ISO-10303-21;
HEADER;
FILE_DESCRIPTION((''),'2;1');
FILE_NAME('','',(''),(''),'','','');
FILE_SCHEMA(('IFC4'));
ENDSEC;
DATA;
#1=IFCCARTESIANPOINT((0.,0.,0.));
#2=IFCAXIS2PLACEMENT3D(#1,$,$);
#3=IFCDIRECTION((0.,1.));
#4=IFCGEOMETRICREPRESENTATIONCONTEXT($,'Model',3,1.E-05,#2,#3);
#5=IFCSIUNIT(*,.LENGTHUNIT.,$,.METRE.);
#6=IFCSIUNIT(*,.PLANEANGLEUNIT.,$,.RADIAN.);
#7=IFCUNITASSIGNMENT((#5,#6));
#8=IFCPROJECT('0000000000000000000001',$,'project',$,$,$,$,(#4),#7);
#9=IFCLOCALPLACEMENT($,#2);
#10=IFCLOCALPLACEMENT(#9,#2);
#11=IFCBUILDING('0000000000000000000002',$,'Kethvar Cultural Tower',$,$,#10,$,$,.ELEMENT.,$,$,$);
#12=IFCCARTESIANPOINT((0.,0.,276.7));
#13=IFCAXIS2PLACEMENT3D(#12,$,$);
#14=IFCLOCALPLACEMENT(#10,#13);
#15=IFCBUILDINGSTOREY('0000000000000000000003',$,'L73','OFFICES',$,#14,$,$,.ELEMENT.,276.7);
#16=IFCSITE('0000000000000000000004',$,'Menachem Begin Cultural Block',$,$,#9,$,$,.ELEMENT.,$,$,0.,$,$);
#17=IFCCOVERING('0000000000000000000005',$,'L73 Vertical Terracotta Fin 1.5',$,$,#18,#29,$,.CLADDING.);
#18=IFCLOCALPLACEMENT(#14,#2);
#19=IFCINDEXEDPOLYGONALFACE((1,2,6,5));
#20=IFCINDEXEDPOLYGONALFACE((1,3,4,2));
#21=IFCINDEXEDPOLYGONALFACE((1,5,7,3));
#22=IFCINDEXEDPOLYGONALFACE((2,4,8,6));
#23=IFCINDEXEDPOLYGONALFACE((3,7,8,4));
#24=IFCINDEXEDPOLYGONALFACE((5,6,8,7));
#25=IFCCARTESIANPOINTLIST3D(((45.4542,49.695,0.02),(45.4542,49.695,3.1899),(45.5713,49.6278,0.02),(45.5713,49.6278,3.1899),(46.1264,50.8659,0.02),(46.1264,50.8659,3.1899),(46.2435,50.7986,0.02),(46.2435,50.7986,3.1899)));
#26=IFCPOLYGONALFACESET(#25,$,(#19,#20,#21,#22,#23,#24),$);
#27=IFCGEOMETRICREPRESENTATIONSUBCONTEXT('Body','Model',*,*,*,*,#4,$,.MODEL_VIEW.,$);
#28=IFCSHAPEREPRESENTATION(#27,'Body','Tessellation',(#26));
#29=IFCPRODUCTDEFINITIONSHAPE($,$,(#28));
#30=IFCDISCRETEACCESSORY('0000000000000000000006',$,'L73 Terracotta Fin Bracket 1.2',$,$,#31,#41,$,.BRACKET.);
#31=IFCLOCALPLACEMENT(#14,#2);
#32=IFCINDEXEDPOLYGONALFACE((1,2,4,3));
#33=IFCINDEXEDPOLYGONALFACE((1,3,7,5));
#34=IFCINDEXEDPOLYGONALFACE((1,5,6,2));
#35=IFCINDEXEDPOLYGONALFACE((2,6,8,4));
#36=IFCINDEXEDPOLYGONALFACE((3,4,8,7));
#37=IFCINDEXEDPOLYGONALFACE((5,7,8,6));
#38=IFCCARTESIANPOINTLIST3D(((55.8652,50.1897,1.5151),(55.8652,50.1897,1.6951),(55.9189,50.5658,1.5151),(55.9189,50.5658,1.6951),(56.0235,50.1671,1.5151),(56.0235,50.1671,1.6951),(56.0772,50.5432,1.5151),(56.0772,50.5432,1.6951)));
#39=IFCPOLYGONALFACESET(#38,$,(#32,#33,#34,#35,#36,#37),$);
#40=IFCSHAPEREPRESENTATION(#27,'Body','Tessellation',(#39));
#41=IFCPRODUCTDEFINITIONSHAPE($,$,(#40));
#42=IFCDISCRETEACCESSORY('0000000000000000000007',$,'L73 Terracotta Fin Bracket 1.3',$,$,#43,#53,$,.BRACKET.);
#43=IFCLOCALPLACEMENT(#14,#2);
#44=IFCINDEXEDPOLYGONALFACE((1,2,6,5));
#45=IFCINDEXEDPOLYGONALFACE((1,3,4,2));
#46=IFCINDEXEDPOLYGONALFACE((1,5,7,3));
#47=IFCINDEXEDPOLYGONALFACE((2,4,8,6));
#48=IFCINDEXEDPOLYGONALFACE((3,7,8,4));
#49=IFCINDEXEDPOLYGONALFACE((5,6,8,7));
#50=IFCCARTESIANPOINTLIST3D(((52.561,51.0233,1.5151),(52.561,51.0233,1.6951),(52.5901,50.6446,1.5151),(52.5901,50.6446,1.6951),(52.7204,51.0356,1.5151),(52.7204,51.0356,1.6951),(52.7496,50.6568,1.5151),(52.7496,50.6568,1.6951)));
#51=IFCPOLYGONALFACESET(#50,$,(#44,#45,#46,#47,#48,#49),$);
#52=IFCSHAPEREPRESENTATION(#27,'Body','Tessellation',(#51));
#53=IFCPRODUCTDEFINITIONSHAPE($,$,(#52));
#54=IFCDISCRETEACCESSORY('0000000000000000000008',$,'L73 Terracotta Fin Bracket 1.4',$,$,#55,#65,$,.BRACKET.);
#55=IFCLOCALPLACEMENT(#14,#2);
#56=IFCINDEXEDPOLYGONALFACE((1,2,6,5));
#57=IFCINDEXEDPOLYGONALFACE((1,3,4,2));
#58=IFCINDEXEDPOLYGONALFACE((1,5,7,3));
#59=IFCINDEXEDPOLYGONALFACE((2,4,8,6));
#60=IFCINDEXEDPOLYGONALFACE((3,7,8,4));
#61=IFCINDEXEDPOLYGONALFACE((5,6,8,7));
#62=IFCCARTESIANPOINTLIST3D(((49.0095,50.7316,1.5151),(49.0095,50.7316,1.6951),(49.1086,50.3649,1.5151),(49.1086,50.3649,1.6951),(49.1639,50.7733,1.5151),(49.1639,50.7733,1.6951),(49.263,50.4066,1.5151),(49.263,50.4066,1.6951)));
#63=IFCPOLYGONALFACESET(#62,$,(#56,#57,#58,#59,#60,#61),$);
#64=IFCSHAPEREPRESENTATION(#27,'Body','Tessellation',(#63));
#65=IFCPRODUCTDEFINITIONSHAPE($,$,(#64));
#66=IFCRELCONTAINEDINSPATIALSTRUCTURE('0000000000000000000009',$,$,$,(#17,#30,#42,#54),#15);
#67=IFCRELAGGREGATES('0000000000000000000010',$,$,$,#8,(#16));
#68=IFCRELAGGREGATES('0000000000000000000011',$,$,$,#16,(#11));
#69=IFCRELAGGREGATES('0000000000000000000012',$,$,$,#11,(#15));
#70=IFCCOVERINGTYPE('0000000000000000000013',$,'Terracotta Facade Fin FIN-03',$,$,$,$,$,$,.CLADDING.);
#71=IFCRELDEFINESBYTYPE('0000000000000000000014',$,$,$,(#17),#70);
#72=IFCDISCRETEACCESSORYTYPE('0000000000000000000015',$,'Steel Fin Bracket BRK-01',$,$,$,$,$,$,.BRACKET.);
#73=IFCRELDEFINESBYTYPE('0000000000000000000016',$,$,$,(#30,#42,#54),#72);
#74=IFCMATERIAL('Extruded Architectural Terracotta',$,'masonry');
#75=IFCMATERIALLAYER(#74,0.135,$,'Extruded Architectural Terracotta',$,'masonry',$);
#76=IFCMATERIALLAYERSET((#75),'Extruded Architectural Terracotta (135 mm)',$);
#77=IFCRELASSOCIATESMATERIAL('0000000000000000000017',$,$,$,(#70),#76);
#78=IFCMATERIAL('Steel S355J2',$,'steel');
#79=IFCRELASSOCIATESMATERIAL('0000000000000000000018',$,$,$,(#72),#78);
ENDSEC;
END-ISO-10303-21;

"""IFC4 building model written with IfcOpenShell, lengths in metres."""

from ifc_helpers import new_model, si_unit, direction, frame, origin, origin_2d, place, context, subcontext, project, spatial, rectangle, extrude, source, transform, mapped, material, layer, layer_set, type_object, element, save


model = new_model("IFC4")

# Units and contexts
model_context = context("Model", 3, precision=1e-05, world=origin(), true_north=direction((0.0, 1.0)))
body_context = subcontext(model_context, "Body", "Model", "MODEL_VIEW")
ifc_project = project(units=[si_unit("LENGTHUNIT", "METRE"), si_unit("PLANEANGLEUNIT", "RADIAN")], contexts=[model_context])

# Site, building, storey
site_placement = place(None, origin())
site = spatial("IfcSite", under=ifc_project, at=site_placement, Name="Menachem Begin Cultural Block", CompositionType="ELEMENT", RefElevation=0.0)
building_placement = place(site_placement, origin())
building = spatial("IfcBuilding", under=site, at=building_placement, Name="Kethvar Cultural Tower", CompositionType="ELEMENT")
storey_placement = place(building_placement, frame((0.0, 0.0, 276.7)))
storey = spatial("IfcBuildingStorey", under=building, at=storey_placement, Name="L73", Description="OFFICES", CompositionType="ELEMENT", Elevation=276.7)

# Shared definitions
ifc_material_1 = material(Name="Steel S355J2", Category="steel")

# Covering
ifc_material_2 = material(Name="Extruded Architectural Terracotta", Category="masonry")
ifc_layer_1 = layer(ifc_material_2, 0.135, Name="Extruded Architectural Terracotta", Category="masonry")
ifc_layer_set_1 = layer_set([ifc_layer_1], Name="Extruded Architectural Terracotta (135 mm)")
covering_type = type_object("IfcCoveringType", Name="Terracotta Facade Fin FIN-03", PredefinedType="CLADDING", material=ifc_layer_set_1)
shared_shape_1 = source(origin(), body_context, "Body", "SweptSolid", [
    extrude(rectangle(XDim=1.3501, YDim=0.135, at=origin_2d()), origin(), (0.0, 0.0, 1.0), 3.1699),
])
for number, where, z_axis, x_axis, name in (
    (1, (45.8489, 50.2468, 0.02), (0.0, 0.0, 1.0), (0.497882, 0.867245, 0.0), "L73 Vertical Terracotta Fin 1.5"),
):
    element("IfcCovering", number, at=place(storey_placement, frame(where, z_axis=z_axis, x_axis=x_axis)), inside=storey, type_object=covering_type, Name=name, PredefinedType="CLADDING", context=body_context, shape_type="MappedRepresentation", body=[
        mapped(shared_shape_1, transform((0.0, 0.0, 0.0), scale=1.0)),
    ])

# Discrete accessories
discrete_accessory_type = type_object("IfcDiscreteAccessoryType", Name="Steel Fin Bracket BRK-01", PredefinedType="BRACKET", material=ifc_material_1)
shared_shape_2 = source(origin(), body_context, "Body", "SweptSolid", [
    extrude(rectangle(XDim=0.3799, YDim=0.1599, at=origin_2d()), origin(), (0.0, 0.0, 1.0), 0.1799),
])
for number, where, z_axis, x_axis, name in (
    (2, (55.9712, 50.3665, 1.5151), (0.0, 0.0, 1.0), (0.14142, 0.98995, 0.0), "L73 Terracotta Fin Bracket 1.2"),
    (3, (52.6553, 50.8401, 1.5151), (0.0, 0.0, 1.0), (-0.076719, 0.997053, 0.0), "L73 Terracotta Fin Bracket 1.3"),
    (4, (49.1362, 50.5691, 1.5151), (0.0, 0.0, 1.0), (-0.260842, 0.965382, 0.0), "L73 Terracotta Fin Bracket 1.4"),
):
    element("IfcDiscreteAccessory", number, at=place(storey_placement, frame(where, z_axis=z_axis, x_axis=x_axis)), inside=storey, type_object=discrete_accessory_type, Name=name, PredefinedType="BRACKET", context=body_context, shape_type="MappedRepresentation", body=[
        mapped(shared_shape_2, transform((0.0, 0.0, 0.0), scale=1.0)),
    ])

save(model, "model.ifc")
